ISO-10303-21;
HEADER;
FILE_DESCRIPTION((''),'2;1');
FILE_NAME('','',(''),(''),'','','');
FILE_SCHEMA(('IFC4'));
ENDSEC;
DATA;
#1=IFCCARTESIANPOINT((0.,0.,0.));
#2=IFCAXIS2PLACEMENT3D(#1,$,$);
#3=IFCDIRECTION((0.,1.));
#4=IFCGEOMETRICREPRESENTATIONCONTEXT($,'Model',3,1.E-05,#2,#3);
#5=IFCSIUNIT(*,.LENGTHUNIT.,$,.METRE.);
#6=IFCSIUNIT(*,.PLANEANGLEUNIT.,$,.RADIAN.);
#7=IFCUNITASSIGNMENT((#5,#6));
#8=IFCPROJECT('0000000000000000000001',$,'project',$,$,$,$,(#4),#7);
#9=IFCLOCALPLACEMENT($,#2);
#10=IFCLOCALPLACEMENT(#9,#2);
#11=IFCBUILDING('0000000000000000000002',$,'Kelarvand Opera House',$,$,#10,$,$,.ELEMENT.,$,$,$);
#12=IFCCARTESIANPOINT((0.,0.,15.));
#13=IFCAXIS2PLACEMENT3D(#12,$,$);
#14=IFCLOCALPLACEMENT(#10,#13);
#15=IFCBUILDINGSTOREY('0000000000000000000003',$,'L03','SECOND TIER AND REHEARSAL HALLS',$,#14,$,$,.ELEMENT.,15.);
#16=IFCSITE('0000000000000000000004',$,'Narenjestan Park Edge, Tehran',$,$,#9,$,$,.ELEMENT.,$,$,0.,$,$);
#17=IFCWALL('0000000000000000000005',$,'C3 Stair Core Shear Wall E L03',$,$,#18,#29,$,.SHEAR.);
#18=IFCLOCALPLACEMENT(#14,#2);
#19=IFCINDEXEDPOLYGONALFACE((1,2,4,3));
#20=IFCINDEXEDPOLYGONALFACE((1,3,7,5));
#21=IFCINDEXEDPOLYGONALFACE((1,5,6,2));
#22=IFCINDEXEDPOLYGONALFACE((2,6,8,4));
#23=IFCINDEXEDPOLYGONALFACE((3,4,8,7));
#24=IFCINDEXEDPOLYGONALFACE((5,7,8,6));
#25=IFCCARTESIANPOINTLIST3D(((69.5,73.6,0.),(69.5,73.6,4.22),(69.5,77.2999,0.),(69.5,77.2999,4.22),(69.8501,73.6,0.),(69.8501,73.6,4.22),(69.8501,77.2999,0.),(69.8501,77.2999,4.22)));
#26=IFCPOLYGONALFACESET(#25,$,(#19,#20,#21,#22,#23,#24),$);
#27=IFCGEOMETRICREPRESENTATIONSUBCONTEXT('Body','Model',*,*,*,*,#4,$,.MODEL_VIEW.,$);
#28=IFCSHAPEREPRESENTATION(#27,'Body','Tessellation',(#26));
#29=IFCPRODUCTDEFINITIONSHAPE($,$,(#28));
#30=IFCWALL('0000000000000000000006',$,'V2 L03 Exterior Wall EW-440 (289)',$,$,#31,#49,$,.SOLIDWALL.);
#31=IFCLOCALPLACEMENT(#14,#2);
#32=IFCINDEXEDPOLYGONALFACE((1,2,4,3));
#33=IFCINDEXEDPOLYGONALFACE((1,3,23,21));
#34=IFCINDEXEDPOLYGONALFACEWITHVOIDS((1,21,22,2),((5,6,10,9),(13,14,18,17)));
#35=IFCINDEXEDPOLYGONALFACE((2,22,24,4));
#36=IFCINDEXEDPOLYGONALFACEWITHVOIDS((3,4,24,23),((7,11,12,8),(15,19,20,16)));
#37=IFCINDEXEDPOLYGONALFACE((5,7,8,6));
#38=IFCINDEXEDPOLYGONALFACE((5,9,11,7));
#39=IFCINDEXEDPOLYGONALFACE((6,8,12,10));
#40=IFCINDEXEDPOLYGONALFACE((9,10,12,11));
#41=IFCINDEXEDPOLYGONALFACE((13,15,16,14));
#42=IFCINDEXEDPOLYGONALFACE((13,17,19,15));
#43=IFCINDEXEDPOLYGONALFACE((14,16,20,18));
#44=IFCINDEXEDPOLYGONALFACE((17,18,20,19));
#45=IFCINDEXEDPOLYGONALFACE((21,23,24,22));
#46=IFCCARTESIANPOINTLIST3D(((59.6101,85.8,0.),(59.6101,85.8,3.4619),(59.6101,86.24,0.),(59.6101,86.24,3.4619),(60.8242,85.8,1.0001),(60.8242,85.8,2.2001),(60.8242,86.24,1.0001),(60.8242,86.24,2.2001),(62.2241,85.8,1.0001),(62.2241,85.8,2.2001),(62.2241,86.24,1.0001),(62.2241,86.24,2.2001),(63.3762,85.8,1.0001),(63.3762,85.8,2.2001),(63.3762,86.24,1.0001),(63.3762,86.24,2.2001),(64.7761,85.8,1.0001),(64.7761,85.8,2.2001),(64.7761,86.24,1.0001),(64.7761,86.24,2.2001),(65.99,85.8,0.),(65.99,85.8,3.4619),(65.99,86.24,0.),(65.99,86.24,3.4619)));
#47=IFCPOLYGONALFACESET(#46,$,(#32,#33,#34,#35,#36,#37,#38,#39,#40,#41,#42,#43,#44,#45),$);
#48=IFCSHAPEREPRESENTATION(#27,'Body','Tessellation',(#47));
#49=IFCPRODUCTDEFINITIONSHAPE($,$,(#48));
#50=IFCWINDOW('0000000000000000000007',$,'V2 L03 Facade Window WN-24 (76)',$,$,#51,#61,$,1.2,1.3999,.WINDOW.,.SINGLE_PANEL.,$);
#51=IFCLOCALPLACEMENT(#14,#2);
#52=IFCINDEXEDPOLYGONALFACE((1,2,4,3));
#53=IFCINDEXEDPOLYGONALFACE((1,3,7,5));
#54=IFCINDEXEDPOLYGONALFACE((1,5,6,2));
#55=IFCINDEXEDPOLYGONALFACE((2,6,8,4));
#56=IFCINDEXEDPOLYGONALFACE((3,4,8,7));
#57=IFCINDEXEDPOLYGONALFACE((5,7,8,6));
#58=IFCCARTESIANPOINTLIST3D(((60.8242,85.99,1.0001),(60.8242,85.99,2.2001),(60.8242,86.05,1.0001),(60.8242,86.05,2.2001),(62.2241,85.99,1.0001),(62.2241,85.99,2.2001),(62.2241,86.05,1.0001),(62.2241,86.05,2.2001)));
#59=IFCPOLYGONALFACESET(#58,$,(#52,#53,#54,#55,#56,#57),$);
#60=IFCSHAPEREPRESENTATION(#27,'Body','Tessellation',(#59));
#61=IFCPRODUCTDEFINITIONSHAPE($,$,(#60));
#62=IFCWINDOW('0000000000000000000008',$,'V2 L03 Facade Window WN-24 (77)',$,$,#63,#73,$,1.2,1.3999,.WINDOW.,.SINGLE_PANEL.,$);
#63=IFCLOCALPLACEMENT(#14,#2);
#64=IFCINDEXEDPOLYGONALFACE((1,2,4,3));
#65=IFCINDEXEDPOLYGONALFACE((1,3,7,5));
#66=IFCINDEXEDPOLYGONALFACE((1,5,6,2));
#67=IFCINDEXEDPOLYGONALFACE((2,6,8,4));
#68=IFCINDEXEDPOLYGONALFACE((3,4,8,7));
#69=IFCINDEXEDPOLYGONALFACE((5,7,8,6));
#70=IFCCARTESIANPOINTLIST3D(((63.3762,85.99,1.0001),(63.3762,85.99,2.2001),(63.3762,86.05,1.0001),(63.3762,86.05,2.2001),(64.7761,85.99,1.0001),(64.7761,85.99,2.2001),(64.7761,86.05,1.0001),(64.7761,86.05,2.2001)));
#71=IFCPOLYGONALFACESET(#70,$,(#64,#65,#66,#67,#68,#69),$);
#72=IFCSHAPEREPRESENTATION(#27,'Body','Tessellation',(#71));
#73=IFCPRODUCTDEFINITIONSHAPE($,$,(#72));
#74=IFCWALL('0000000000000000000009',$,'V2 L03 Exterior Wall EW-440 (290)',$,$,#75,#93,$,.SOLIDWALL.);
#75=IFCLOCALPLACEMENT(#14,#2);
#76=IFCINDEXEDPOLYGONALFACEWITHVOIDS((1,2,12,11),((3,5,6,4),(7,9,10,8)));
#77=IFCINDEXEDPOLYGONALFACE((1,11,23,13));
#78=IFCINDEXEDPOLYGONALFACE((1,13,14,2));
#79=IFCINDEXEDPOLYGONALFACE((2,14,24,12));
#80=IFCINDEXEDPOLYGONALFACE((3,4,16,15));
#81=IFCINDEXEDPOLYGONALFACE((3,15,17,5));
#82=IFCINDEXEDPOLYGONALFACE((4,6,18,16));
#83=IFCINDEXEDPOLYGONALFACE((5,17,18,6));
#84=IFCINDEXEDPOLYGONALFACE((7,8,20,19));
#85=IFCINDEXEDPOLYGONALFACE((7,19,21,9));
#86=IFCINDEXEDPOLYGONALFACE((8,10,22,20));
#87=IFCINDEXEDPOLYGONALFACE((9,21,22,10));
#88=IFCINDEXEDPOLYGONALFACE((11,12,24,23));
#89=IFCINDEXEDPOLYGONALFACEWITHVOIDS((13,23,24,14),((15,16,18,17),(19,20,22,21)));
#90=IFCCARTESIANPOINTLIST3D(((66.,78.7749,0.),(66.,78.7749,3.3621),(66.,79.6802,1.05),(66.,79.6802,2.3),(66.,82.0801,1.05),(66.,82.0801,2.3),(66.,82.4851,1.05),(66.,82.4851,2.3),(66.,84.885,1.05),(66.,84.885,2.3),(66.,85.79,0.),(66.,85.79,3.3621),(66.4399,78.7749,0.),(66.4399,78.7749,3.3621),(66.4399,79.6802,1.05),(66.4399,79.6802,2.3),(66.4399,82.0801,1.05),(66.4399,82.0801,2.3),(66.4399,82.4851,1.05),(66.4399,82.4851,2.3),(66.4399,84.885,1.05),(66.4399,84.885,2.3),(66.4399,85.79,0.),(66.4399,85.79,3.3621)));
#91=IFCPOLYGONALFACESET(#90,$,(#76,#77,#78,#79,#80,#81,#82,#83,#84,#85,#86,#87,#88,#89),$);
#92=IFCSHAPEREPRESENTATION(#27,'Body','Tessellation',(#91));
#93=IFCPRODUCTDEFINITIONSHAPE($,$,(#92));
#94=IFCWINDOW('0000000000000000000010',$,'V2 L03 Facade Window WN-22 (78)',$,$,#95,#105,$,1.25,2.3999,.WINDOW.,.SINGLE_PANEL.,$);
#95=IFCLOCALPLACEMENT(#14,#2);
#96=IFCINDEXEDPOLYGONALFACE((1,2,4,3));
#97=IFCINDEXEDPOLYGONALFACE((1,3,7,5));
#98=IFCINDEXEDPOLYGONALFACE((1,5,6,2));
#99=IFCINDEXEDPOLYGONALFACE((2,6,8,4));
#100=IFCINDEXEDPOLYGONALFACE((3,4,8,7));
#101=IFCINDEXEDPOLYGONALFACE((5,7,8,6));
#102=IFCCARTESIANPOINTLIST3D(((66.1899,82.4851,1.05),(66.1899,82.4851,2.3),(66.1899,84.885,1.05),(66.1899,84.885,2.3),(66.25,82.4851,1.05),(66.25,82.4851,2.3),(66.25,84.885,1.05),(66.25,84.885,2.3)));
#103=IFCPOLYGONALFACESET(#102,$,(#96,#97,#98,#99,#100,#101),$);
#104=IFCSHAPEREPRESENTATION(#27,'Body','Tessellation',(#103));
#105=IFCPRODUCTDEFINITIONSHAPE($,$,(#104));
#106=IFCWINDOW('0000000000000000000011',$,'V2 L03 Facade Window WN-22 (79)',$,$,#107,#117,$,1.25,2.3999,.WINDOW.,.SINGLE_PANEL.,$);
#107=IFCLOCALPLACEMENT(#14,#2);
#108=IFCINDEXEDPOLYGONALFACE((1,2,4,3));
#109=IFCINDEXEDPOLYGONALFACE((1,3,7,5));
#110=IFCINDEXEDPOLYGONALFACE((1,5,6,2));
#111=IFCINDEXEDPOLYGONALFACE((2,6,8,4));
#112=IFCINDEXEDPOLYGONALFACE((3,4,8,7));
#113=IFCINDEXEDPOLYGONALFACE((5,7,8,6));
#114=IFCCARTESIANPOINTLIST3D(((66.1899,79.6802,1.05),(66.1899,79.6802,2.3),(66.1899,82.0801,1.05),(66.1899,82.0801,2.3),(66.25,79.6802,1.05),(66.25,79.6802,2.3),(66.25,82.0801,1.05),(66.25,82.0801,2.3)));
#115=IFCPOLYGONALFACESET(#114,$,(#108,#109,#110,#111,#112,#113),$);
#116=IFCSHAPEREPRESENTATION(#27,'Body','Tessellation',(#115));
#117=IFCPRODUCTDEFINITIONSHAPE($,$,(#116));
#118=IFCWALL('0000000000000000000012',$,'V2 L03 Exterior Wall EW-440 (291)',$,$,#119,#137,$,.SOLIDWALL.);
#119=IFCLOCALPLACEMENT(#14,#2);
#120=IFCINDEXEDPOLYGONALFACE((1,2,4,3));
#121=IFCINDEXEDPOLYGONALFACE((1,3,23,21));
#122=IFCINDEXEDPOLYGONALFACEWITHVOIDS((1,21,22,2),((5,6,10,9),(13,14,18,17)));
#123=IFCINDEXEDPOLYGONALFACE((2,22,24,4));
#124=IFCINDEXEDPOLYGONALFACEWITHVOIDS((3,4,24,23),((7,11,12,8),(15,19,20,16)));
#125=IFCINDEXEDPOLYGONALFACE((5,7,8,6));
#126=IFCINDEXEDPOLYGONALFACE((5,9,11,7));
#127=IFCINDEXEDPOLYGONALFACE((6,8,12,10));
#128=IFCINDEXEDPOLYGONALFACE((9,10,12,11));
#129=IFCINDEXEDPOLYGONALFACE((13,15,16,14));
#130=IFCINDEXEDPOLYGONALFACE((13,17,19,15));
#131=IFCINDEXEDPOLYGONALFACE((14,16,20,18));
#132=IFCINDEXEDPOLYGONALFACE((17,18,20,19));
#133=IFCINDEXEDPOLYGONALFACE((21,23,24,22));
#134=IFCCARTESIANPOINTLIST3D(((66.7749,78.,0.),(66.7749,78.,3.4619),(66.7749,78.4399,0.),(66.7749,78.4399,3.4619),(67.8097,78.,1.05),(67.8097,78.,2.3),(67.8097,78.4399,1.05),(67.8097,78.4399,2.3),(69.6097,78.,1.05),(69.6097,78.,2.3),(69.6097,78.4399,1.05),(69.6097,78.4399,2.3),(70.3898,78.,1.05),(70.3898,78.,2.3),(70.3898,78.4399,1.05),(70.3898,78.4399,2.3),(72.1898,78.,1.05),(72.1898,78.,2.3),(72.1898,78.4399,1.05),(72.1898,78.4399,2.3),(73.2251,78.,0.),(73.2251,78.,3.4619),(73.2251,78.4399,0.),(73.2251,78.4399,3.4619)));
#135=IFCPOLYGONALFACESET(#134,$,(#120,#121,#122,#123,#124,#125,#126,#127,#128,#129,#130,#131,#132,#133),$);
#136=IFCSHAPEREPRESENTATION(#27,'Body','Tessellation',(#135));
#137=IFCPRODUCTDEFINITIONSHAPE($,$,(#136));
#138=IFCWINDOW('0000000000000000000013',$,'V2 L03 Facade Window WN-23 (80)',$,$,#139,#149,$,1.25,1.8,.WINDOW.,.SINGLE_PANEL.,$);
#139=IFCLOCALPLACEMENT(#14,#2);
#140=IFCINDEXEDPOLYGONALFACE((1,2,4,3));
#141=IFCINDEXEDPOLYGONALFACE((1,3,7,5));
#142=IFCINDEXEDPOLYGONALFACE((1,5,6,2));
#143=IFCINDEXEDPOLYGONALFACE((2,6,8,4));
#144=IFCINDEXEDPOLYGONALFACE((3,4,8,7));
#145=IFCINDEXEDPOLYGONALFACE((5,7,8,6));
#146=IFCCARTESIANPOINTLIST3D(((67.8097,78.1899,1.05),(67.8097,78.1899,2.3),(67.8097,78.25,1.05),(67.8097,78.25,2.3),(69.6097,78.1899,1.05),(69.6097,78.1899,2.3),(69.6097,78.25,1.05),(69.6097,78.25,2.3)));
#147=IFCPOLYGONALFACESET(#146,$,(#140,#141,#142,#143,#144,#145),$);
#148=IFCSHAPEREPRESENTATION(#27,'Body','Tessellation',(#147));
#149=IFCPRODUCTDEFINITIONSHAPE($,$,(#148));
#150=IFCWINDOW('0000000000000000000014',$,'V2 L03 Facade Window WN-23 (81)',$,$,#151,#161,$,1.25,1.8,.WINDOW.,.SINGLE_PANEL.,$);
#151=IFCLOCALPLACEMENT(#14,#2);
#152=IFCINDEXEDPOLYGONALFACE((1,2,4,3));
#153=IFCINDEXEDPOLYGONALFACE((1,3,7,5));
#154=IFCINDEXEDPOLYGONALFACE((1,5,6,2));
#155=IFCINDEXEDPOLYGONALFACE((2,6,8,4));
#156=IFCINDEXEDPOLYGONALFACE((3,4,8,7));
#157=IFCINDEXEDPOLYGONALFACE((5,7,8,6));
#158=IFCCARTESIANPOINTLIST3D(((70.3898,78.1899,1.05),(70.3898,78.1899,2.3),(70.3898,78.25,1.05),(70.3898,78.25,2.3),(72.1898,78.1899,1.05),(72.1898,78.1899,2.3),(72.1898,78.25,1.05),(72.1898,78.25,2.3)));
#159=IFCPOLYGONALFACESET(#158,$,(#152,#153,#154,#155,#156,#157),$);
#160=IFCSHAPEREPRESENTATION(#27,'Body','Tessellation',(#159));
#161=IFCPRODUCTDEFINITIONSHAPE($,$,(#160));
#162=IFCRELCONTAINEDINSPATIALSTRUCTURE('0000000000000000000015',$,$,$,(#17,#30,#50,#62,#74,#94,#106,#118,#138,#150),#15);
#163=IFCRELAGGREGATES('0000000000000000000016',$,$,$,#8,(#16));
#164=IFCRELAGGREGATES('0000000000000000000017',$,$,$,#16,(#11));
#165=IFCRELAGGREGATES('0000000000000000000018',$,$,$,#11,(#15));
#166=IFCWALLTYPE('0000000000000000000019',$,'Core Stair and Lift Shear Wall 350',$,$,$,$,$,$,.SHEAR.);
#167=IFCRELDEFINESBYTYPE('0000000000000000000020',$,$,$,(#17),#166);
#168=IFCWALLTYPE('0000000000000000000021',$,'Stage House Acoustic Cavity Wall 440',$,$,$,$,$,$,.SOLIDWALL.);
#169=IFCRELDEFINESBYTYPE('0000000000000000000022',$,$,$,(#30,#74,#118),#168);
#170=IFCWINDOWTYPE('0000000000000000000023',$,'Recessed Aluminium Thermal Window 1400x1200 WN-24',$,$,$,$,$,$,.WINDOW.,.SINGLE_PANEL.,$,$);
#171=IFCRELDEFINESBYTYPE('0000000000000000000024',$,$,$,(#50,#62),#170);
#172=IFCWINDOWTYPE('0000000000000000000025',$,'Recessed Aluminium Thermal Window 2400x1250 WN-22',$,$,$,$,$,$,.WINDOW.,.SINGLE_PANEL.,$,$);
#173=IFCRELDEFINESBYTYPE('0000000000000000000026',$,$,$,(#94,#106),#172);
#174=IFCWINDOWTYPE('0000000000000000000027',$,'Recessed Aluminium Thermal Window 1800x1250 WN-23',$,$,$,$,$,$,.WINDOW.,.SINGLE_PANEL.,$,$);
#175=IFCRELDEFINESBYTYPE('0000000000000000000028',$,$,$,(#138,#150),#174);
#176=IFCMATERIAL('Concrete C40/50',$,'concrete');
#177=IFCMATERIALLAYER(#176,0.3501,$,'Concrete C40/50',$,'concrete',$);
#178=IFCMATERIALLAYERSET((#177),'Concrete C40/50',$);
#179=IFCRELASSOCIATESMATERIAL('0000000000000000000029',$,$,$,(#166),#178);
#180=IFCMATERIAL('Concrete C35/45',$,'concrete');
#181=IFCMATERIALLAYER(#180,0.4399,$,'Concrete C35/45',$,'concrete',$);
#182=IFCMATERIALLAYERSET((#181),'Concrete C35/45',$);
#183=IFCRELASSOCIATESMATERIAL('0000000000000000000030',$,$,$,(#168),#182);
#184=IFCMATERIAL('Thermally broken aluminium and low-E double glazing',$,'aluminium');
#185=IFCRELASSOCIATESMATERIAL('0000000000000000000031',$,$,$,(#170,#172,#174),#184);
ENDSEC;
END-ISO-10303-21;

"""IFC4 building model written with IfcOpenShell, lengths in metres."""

from ifc_helpers import new_model, si_unit, direction, frame, frame_2d, origin, place, context, subcontext, project, spatial, rectangle, extrude, material, layer, layer_set, type_object, element, fill, save


model = new_model("IFC4")

# Units and contexts
model_context = context("Model", 3, precision=1e-05, world=origin(), true_north=direction((0.0, 1.0)))
body_context = subcontext(model_context, "Body", "Model", "MODEL_VIEW")
ifc_project = project(units=[si_unit("LENGTHUNIT", "METRE"), si_unit("PLANEANGLEUNIT", "RADIAN")], contexts=[model_context])

# Site, building, storey
site_placement = place(None, origin())
site = spatial("IfcSite", under=ifc_project, at=site_placement, Name="Narenjestan Park Edge, Tehran", CompositionType="ELEMENT", RefElevation=0.0)
building_placement = place(site_placement, origin())
building = spatial("IfcBuilding", under=site, at=building_placement, Name="Kelarvand Opera House", CompositionType="ELEMENT")
storey_placement = place(building_placement, frame((0.0, 0.0, 15.0)))
storey = spatial("IfcBuildingStorey", under=building, at=storey_placement, Name="L03", Description="SECOND TIER AND REHEARSAL HALLS", CompositionType="ELEMENT", Elevation=15.0)

# Shared definitions
ifc_material_1 = material(Name="Concrete C40/50", Category="concrete")

# Shared definitions
ifc_material_2 = material(Name="Concrete C35/45", Category="concrete")

# Wall
ifc_layer_1 = layer(ifc_material_1, 0.3501, Name="Concrete C40/50", Category="concrete")
ifc_layer_set_1 = layer_set([ifc_layer_1], Name="Concrete C40/50")
wall_type_1 = type_object("IfcWallType", Name="Core Stair and Lift Shear Wall 350", PredefinedType="SHEAR", material=ifc_layer_set_1)
wall_1_placement = place(storey_placement, frame((69.675, 77.3, 0.0), z_axis=(0.0, 0.0, 1.0), x_axis=(0.0, -1.0, 0.0)))
element("IfcWall", 1, at=wall_1_placement, inside=storey, type_object=wall_type_1, Name="C3 Stair Core Shear Wall E L03", PredefinedType="SHEAR", context=body_context, shape_type="SweptSolid", body=[
    extrude(rectangle(XDim=3.7, YDim=0.3501, at=frame_2d((1.8501, 0.0))), origin(), (0.0, 0.0, 1.0), 4.22),
])

# Walls, openings, windows
ifc_layer_2 = layer(ifc_material_2, 0.4399, Name="Concrete C35/45", Category="concrete")
ifc_layer_set_2 = layer_set([ifc_layer_2], Name="Concrete C35/45")
wall_type_2 = type_object("IfcWallType", Name="Stage House Acoustic Cavity Wall 440", PredefinedType="SOLIDWALL", material=ifc_layer_set_2)
wall_2_placement = place(storey_placement, frame((59.6101, 86.02, 0.0), z_axis=(0.0, 0.0, 1.0), x_axis=(1.0, 0.0, 0.0)))
wall_2 = element("IfcWall", 2, at=wall_2_placement, inside=storey, type_object=wall_type_2, Name="V2 L03 Exterior Wall EW-440 (289)", PredefinedType="SOLIDWALL", context=body_context, shape_type="SweptSolid", body=[
    extrude(rectangle(XDim=6.3799, YDim=0.4399, at=frame_2d((3.1899, 0.0))), origin(), (0.0, 0.0, 1.0), 3.4619),
])
opening_1_placement = place(wall_2_placement, frame((1.2141, 0.0, 1.0)))
opening_1 = element("IfcOpeningElement", 3, at=opening_1_placement, cuts=wall_2, PredefinedType="OPENING", context=body_context, shape_type="SweptSolid", body=[
    extrude(rectangle(XDim=1.3999, YDim=1.2, at=frame_2d((0.7, 0.6001))), frame((0.0, 0.23, 0.0), z_axis=(0.0, -1.0, 0.0), x_axis=(1.0, 0.0, 0.0)), (0.0, 0.0, 1.0), 0.46),
])
opening_2_placement = place(wall_2_placement, frame((3.7661, 0.0, 1.0)))
opening_2 = element("IfcOpeningElement", 4, at=opening_2_placement, cuts=wall_2, PredefinedType="OPENING", context=body_context, shape_type="SweptSolid", body=[
    extrude(rectangle(XDim=1.3999, YDim=1.2, at=frame_2d((0.7, 0.6001))), frame((0.0, 0.23, 0.0), z_axis=(0.0, -1.0, 0.0), x_axis=(1.0, 0.0, 0.0)), (0.0, 0.0, 1.0), 0.46),
])
ifc_material_3 = material(Name="Thermally broken aluminium and low-E double glazing", Category="aluminium")
window_type_1 = type_object("IfcWindowType", Name="Recessed Aluminium Thermal Window 1400x1200 WN-24", PartitioningType="SINGLE_PANEL", PredefinedType="WINDOW", material=ifc_material_3)
window_1_placement = place(opening_1_placement, origin())
window_1 = element("IfcWindow", 5, at=window_1_placement, inside=storey, type_object=window_type_1, Name="V2 L03 Facade Window WN-24 (76)", OverallHeight=1.2, OverallWidth=1.3999, PartitioningType="SINGLE_PANEL", PredefinedType="WINDOW", context=body_context, shape_type="SweptSolid", body=[
    extrude(rectangle(XDim=1.3999, YDim=1.2, at=frame_2d((0.7, 0.6001))), frame((0.0, 0.03, 0.0), z_axis=(0.0, -1.0, 0.0), x_axis=(1.0, 0.0, 0.0)), (0.0, 0.0, 1.0), 0.0601),
])
fill(opening_1, window_1)
window_2_placement = place(opening_2_placement, origin())
window_2 = element("IfcWindow", 6, at=window_2_placement, inside=storey, type_object=window_type_1, Name="V2 L03 Facade Window WN-24 (77)", OverallHeight=1.2, OverallWidth=1.3999, PartitioningType="SINGLE_PANEL", PredefinedType="WINDOW", context=body_context, shape_type="SweptSolid", body=[
    extrude(rectangle(XDim=1.3999, YDim=1.2, at=frame_2d((0.7, 0.6001))), frame((0.0, 0.03, 0.0), z_axis=(0.0, -1.0, 0.0), x_axis=(1.0, 0.0, 0.0)), (0.0, 0.0, 1.0), 0.0601),
])
fill(opening_2, window_2)
wall_3_placement = place(storey_placement, frame((66.22, 85.79, 0.0), z_axis=(0.0, 0.0, 1.0), x_axis=(0.0, -1.0, 0.0)))
wall_3 = element("IfcWall", 7, at=wall_3_placement, inside=storey, type_object=wall_type_2, Name="V2 L03 Exterior Wall EW-440 (290)", PredefinedType="SOLIDWALL", context=body_context, shape_type="SweptSolid", body=[
    extrude(rectangle(XDim=7.0151, YDim=0.4399, at=frame_2d((3.5076, 0.0))), origin(), (0.0, 0.0, 1.0), 3.3621),
])
opening_3_placement = place(wall_3_placement, frame((0.905, 0.0, 1.05)))
opening_3 = element("IfcOpeningElement", 8, at=opening_3_placement, cuts=wall_3, PredefinedType="OPENING", context=body_context, shape_type="SweptSolid", body=[
    extrude(rectangle(XDim=2.3999, YDim=1.25, at=frame_2d((1.2, 0.625))), frame((0.0, 0.23, 0.0), z_axis=(0.0, -1.0, 0.0), x_axis=(1.0, 0.0, 0.0)), (0.0, 0.0, 1.0), 0.46),
])
opening_4_placement = place(wall_3_placement, frame((3.71, 0.0, 1.05)))
opening_4 = element("IfcOpeningElement", 9, at=opening_4_placement, cuts=wall_3, PredefinedType="OPENING", context=body_context, shape_type="SweptSolid", body=[
    extrude(rectangle(XDim=2.3999, YDim=1.25, at=frame_2d((1.2, 0.625))), frame((0.0, 0.23, 0.0), z_axis=(0.0, -1.0, 0.0), x_axis=(1.0, 0.0, 0.0)), (0.0, 0.0, 1.0), 0.46),
])
window_type_2 = type_object("IfcWindowType", Name="Recessed Aluminium Thermal Window 2400x1250 WN-22", PartitioningType="SINGLE_PANEL", PredefinedType="WINDOW", material=ifc_material_3)
window_3_placement = place(opening_3_placement, origin())
window_3 = element("IfcWindow", 10, at=window_3_placement, inside=storey, type_object=window_type_2, Name="V2 L03 Facade Window WN-22 (78)", OverallHeight=1.25, OverallWidth=2.3999, PartitioningType="SINGLE_PANEL", PredefinedType="WINDOW", context=body_context, shape_type="SweptSolid", body=[
    extrude(rectangle(XDim=2.3999, YDim=1.25, at=frame_2d((1.2, 0.625))), frame((0.0, 0.03, 0.0), z_axis=(0.0, -1.0, 0.0), x_axis=(1.0, 0.0, 0.0)), (0.0, 0.0, 1.0), 0.0601),
])
fill(opening_3, window_3)
window_4_placement = place(opening_4_placement, origin())
window_4 = element("IfcWindow", 11, at=window_4_placement, inside=storey, type_object=window_type_2, Name="V2 L03 Facade Window WN-22 (79)", OverallHeight=1.25, OverallWidth=2.3999, PartitioningType="SINGLE_PANEL", PredefinedType="WINDOW", context=body_context, shape_type="SweptSolid", body=[
    extrude(rectangle(XDim=2.3999, YDim=1.25, at=frame_2d((1.2, 0.625))), frame((0.0, 0.03, 0.0), z_axis=(0.0, -1.0, 0.0), x_axis=(1.0, 0.0, 0.0)), (0.0, 0.0, 1.0), 0.0601),
])
fill(opening_4, window_4)
wall_4_placement = place(storey_placement, frame((66.7749, 78.22, 0.0), z_axis=(0.0, 0.0, 1.0), x_axis=(1.0, 0.0, 0.0)))
wall_4 = element("IfcWall", 12, at=wall_4_placement, inside=storey, type_object=wall_type_2, Name="V2 L03 Exterior Wall EW-440 (291)", PredefinedType="SOLIDWALL", context=body_context, shape_type="SweptSolid", body=[
    extrude(rectangle(XDim=6.4502, YDim=0.4399, at=frame_2d((3.2251, 0.0))), origin(), (0.0, 0.0, 1.0), 3.4619),
])
opening_5_placement = place(wall_4_placement, frame((1.0349, 0.0, 1.05)))
opening_5 = element("IfcOpeningElement", 13, at=opening_5_placement, cuts=wall_4, PredefinedType="OPENING", context=body_context, shape_type="SweptSolid", body=[
    extrude(rectangle(XDim=1.8, YDim=1.25, at=frame_2d((0.8999, 0.625))), frame((0.0, 0.23, 0.0), z_axis=(0.0, -1.0, 0.0), x_axis=(1.0, 0.0, 0.0)), (0.0, 0.0, 1.0), 0.46),
])
opening_6_placement = place(wall_4_placement, frame((3.615, 0.0, 1.05)))
opening_6 = element("IfcOpeningElement", 14, at=opening_6_placement, cuts=wall_4, PredefinedType="OPENING", context=body_context, shape_type="SweptSolid", body=[
    extrude(rectangle(XDim=1.8, YDim=1.25, at=frame_2d((0.8999, 0.625))), frame((0.0, 0.23, 0.0), z_axis=(0.0, -1.0, 0.0), x_axis=(1.0, 0.0, 0.0)), (0.0, 0.0, 1.0), 0.46),
])
window_type_3 = type_object("IfcWindowType", Name="Recessed Aluminium Thermal Window 1800x1250 WN-23", PartitioningType="SINGLE_PANEL", PredefinedType="WINDOW", material=ifc_material_3)
window_5_placement = place(opening_5_placement, origin())
window_5 = element("IfcWindow", 15, at=window_5_placement, inside=storey, type_object=window_type_3, Name="V2 L03 Facade Window WN-23 (80)", OverallHeight=1.25, OverallWidth=1.8, PartitioningType="SINGLE_PANEL", PredefinedType="WINDOW", context=body_context, shape_type="SweptSolid", body=[
    extrude(rectangle(XDim=1.8, YDim=1.25, at=frame_2d((0.8999, 0.625))), frame((0.0, 0.03, 0.0), z_axis=(0.0, -1.0, 0.0), x_axis=(1.0, 0.0, 0.0)), (0.0, 0.0, 1.0), 0.0601),
])
fill(opening_5, window_5)
window_6_placement = place(opening_6_placement, origin())
window_6 = element("IfcWindow", 16, at=window_6_placement, inside=storey, type_object=window_type_3, Name="V2 L03 Facade Window WN-23 (81)", OverallHeight=1.25, OverallWidth=1.8, PartitioningType="SINGLE_PANEL", PredefinedType="WINDOW", context=body_context, shape_type="SweptSolid", body=[
    extrude(rectangle(XDim=1.8, YDim=1.25, at=frame_2d((0.8999, 0.625))), frame((0.0, 0.03, 0.0), z_axis=(0.0, -1.0, 0.0), x_axis=(1.0, 0.0, 0.0)), (0.0, 0.0, 1.0), 0.0601),
])
fill(opening_6, window_6)

save(model, "model.ifc")
